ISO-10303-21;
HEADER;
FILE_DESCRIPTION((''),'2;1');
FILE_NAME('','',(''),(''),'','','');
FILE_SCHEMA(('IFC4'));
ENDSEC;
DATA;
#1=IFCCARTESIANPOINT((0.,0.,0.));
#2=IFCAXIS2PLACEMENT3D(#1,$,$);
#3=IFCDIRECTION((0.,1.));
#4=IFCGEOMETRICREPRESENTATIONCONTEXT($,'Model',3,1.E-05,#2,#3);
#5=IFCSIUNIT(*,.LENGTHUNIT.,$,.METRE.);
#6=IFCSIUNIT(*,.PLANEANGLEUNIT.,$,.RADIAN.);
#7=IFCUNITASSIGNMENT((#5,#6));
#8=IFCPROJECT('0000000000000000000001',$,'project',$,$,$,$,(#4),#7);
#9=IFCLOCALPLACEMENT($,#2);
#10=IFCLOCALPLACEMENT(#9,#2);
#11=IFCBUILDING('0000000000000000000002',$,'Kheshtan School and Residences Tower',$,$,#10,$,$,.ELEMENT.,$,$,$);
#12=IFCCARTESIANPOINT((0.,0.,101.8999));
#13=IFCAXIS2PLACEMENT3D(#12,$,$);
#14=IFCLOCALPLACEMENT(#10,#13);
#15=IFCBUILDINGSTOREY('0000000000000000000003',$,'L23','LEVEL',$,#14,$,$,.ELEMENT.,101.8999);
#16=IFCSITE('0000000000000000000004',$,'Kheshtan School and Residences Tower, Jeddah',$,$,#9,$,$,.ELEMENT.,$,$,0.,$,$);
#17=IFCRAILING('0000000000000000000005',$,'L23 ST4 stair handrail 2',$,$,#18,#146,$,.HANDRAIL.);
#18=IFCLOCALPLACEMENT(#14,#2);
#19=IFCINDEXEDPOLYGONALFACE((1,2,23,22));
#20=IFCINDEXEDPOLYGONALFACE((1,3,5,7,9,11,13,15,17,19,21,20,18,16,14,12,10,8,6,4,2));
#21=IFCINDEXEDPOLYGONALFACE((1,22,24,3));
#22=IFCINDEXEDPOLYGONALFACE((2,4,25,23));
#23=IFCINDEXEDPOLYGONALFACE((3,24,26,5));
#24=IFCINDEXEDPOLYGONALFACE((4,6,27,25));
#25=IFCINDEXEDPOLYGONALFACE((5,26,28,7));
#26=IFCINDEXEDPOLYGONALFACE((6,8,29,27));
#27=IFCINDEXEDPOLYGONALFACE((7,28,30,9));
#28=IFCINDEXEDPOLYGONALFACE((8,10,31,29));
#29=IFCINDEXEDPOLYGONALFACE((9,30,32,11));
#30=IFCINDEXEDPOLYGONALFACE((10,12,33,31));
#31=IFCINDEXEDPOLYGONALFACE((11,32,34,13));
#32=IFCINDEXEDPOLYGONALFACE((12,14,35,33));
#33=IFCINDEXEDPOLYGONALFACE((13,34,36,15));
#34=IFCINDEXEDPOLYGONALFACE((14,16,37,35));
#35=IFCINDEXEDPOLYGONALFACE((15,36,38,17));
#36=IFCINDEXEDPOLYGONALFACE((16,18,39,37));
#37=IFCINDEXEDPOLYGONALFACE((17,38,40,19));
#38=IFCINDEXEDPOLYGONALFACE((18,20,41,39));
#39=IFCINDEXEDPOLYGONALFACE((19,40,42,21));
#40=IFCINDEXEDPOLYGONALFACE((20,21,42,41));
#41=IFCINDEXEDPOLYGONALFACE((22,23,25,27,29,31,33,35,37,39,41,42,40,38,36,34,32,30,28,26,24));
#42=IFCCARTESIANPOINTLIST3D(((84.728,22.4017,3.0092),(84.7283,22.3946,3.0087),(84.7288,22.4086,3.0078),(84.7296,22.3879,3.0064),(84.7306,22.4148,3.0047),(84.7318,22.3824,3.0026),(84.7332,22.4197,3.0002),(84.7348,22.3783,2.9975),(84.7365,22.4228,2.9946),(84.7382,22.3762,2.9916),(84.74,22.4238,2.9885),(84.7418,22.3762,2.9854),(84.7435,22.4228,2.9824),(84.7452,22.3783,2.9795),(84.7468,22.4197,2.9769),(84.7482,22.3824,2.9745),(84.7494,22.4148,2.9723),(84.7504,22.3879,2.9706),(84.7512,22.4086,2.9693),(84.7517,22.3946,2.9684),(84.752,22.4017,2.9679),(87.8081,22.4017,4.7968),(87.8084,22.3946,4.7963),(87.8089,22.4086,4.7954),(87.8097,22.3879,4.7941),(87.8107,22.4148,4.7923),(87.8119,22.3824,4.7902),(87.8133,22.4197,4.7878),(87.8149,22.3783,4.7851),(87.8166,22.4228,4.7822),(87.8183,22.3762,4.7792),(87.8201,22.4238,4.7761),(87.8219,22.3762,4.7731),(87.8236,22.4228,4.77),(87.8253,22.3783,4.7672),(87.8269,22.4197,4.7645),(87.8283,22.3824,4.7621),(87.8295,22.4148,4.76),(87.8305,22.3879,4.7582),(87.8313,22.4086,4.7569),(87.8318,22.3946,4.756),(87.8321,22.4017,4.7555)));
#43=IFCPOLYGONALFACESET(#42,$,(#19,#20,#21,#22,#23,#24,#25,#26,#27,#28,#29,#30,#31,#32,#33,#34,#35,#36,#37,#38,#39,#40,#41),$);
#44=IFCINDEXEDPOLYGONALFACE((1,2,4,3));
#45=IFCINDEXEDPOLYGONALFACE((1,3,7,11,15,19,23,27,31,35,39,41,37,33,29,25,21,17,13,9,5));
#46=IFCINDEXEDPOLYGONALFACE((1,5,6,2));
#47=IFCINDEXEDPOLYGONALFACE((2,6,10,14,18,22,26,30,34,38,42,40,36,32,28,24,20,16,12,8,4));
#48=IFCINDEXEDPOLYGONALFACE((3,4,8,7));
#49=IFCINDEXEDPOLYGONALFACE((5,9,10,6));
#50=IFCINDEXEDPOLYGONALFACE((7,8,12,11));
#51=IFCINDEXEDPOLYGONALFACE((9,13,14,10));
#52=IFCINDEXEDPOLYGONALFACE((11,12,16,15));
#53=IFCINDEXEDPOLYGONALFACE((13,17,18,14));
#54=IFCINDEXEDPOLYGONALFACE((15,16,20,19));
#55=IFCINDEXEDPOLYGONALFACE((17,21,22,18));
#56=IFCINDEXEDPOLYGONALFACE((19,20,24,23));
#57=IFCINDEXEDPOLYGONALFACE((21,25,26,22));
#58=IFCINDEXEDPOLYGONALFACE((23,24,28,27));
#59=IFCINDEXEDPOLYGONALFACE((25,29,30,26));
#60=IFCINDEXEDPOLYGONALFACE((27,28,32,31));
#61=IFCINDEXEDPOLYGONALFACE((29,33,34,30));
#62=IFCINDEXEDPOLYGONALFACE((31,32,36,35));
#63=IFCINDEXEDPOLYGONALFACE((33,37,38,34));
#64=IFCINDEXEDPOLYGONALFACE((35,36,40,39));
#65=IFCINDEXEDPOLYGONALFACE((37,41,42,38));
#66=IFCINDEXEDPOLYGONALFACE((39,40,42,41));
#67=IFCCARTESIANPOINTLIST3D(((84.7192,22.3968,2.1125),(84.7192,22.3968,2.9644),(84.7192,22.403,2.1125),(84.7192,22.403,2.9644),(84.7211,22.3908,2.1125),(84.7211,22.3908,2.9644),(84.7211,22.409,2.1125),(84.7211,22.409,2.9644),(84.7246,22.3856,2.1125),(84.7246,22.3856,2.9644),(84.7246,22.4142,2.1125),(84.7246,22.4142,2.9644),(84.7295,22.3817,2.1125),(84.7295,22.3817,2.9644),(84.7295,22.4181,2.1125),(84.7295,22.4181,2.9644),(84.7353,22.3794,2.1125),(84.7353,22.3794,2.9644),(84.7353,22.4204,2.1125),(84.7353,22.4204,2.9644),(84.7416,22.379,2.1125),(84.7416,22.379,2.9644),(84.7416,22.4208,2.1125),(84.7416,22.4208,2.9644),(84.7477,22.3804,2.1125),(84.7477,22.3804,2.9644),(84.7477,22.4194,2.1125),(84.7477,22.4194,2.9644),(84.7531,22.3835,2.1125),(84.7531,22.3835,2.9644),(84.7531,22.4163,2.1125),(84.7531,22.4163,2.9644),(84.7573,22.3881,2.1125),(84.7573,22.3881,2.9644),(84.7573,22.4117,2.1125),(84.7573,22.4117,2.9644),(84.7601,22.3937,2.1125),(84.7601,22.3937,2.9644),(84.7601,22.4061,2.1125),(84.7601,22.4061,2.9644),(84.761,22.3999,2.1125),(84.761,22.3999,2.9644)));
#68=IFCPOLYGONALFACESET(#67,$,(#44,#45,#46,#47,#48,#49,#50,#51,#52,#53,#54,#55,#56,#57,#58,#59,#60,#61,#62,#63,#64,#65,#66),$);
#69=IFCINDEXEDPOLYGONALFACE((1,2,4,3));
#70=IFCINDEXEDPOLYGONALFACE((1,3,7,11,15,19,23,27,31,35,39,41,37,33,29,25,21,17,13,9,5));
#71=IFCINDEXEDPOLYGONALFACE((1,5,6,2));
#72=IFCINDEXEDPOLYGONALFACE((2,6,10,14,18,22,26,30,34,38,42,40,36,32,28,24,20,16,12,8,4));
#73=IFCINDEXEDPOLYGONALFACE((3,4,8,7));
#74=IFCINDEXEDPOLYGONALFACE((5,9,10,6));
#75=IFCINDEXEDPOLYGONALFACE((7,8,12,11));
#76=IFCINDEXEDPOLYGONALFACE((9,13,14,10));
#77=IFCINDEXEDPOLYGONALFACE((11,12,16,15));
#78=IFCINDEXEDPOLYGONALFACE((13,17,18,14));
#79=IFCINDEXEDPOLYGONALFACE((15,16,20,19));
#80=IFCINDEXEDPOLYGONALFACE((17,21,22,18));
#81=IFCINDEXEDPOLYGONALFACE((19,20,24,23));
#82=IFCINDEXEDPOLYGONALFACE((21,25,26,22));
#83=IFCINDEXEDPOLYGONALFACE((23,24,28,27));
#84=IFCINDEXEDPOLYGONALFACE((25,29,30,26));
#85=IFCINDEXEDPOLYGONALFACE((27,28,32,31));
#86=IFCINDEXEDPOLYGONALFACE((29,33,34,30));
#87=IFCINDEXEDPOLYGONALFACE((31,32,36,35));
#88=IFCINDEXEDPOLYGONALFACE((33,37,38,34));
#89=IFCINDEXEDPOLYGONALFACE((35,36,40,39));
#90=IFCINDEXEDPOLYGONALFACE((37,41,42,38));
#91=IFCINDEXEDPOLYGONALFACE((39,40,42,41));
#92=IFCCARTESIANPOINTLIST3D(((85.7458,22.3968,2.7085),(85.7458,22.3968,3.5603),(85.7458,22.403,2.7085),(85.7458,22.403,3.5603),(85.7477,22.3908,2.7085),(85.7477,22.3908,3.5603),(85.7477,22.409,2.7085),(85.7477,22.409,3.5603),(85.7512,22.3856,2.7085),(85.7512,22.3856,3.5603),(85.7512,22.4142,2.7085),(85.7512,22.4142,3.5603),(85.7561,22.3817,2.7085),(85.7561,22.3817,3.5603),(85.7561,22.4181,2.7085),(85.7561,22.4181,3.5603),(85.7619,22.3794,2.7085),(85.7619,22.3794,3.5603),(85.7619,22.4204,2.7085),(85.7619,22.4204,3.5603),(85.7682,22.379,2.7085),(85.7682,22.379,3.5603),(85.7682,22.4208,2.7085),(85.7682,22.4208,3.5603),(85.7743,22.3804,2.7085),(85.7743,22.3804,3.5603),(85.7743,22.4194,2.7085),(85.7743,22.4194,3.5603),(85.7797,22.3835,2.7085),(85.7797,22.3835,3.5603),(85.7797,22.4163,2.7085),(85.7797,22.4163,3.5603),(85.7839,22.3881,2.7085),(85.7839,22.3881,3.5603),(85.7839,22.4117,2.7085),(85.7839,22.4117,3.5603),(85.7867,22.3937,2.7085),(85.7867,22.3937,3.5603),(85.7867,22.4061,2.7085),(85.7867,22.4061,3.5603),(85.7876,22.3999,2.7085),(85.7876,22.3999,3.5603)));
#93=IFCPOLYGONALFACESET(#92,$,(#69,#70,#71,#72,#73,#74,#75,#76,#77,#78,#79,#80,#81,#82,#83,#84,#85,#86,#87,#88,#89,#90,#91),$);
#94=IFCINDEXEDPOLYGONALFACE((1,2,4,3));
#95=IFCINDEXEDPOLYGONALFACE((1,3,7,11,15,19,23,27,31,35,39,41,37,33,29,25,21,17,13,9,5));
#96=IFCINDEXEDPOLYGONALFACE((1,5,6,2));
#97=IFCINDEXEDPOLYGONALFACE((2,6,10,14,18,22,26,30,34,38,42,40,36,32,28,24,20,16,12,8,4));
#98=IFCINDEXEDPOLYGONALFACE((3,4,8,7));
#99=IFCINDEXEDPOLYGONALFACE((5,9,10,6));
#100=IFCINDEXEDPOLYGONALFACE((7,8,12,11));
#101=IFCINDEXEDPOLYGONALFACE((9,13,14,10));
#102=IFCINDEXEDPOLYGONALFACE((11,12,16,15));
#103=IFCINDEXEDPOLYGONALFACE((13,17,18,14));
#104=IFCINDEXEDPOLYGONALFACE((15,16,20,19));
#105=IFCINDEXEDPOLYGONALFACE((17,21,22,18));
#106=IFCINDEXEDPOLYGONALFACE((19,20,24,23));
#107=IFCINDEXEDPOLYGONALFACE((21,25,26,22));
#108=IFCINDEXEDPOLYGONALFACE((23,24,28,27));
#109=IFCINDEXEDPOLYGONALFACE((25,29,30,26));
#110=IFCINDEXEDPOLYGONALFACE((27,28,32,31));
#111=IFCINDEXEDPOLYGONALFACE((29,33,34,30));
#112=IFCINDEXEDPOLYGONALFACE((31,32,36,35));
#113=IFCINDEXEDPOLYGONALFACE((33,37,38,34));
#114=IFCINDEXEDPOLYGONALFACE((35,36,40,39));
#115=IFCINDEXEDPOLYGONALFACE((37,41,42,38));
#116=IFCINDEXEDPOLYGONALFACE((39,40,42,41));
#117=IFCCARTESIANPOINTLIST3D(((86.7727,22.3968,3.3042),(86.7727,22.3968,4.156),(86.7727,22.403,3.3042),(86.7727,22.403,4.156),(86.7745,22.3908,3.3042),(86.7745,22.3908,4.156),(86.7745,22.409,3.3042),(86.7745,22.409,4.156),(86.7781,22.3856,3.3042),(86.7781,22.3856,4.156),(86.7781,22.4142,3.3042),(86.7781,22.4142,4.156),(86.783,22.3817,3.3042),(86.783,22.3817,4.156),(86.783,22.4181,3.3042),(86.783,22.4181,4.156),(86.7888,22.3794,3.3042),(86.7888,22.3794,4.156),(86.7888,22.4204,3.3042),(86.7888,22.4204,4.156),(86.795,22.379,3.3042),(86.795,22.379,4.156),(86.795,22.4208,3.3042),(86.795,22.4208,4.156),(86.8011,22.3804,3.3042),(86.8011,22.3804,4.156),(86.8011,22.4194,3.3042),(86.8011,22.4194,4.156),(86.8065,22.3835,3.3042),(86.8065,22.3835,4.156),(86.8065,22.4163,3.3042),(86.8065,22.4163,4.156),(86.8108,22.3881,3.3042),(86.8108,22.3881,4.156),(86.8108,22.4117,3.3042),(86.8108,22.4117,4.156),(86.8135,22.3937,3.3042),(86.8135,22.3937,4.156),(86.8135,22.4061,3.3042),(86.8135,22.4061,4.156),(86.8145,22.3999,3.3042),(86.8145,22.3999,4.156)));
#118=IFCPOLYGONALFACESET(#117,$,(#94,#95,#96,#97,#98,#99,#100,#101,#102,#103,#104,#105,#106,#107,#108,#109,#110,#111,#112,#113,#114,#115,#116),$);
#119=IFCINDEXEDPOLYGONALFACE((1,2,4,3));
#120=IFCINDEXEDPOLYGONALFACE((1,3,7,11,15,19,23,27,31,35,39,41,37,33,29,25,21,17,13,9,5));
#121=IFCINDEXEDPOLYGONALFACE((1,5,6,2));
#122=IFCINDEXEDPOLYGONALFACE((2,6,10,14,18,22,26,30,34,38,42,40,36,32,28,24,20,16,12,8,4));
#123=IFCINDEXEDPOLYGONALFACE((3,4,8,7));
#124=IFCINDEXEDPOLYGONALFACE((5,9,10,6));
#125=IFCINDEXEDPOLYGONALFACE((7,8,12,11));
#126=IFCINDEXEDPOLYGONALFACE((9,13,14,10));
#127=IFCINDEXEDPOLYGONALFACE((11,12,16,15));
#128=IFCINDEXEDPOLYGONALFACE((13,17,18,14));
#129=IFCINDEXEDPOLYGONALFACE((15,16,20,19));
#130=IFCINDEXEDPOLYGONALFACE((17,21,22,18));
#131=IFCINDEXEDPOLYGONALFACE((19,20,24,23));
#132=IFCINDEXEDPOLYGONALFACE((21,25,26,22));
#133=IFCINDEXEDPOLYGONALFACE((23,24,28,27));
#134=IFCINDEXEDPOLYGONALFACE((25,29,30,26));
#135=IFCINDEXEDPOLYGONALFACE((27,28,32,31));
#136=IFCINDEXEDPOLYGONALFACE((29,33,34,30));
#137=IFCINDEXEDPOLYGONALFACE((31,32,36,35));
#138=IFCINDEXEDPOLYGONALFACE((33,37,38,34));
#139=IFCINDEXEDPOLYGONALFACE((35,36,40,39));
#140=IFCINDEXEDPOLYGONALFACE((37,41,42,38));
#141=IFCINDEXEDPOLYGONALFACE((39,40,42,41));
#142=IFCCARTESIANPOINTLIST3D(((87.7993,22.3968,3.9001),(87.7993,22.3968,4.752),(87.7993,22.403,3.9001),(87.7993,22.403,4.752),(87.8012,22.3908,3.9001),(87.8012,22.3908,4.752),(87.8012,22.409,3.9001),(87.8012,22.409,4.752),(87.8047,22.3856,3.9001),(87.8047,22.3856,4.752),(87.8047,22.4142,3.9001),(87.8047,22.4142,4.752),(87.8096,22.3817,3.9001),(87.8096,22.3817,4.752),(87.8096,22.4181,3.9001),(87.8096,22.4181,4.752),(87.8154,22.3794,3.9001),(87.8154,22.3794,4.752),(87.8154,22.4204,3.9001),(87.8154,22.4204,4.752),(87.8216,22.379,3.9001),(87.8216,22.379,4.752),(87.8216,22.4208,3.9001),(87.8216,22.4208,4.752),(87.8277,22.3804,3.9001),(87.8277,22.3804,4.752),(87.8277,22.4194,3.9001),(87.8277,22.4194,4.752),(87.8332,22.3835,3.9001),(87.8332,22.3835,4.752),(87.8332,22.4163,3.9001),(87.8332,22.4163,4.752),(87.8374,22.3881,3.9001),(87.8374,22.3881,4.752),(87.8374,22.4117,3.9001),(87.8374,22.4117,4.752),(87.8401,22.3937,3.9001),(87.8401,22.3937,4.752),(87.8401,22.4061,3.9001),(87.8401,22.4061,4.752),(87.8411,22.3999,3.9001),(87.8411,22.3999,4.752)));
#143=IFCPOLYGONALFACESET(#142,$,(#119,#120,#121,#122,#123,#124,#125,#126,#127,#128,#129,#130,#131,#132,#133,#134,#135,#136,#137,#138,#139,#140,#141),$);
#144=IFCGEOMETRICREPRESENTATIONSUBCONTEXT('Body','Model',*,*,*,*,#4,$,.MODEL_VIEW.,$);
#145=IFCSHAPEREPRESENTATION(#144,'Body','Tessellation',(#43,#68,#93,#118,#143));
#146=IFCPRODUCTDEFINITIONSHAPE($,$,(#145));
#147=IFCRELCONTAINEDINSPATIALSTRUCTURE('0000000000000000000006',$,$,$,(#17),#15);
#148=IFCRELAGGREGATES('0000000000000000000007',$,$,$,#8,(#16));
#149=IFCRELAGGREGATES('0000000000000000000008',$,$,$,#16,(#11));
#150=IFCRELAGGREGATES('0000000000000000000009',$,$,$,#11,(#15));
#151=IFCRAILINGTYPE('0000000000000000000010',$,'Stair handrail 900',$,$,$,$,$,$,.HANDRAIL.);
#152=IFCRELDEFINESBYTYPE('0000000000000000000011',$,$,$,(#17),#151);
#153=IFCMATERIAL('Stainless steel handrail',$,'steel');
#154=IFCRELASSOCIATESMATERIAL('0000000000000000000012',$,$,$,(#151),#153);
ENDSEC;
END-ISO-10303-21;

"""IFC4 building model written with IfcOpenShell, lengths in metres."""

from ifc_helpers import new_model, si_unit, direction, frame, origin, origin_2d, place, context, subcontext, project, spatial, circle, extrude, material, type_object, element, save


model = new_model("IFC4")

# Units and contexts
model_context = context("Model", 3, precision=1e-05, world=origin(), true_north=direction((0.0, 1.0)))
body_context = subcontext(model_context, "Body", "Model", "MODEL_VIEW")
ifc_project = project(units=[si_unit("LENGTHUNIT", "METRE"), si_unit("PLANEANGLEUNIT", "RADIAN")], contexts=[model_context])

# Site, building, storey
site_placement = place(None, origin())
site = spatial("IfcSite", under=ifc_project, at=site_placement, Name="Kheshtan School and Residences Tower, Jeddah", CompositionType="ELEMENT", RefElevation=0.0)
building_placement = place(site_placement, origin())
building = spatial("IfcBuilding", under=site, at=building_placement, Name="Kheshtan School and Residences Tower", CompositionType="ELEMENT")
storey_placement = place(building_placement, frame((0.0, 0.0, 101.8999)))
storey = spatial("IfcBuildingStorey", under=building, at=storey_placement, Name="L23", Description="LEVEL", CompositionType="ELEMENT", Elevation=101.8999)

# Railing
ifc_material_1 = material(Name="Stainless steel handrail", Category="steel")
railing_type_1 = type_object("IfcRailingType", Name="Stair handrail 900", PredefinedType="HANDRAIL", material=ifc_material_1)
railing_1_placement = place(storey_placement, frame((84.74, 22.3999, 2.1125)))
element("IfcRailing", 1, at=railing_1_placement, inside=storey, type_object=railing_type_1, Name="L23 ST4 stair handrail 2", PredefinedType="HANDRAIL", context=body_context, shape_type="SweptSolid", body=[
    extrude(circle(Radius=0.0239, at=origin_2d()), frame((0.0, 0.0, 0.876), z_axis=(0.864891, 0.0, 0.50196), x_axis=(0.0, 1.0, 0.0)), (0.0, 0.0, 1.0), 3.5613),
    extrude(circle(Radius=0.021, at=origin_2d()), origin(), (0.0, 0.0, 1.0), 0.8518),
    extrude(circle(Radius=0.021, at=origin_2d()), frame((1.0266, 0.0, 0.5959)), (0.0, 0.0, 1.0), 0.8518),
    extrude(circle(Radius=0.021, at=origin_2d()), frame((2.0535, 0.0, 1.1917)), (0.0, 0.0, 1.0), 0.8518),
    extrude(circle(Radius=0.021, at=origin_2d()), frame((3.0801, 0.0, 1.7876)), (0.0, 0.0, 1.0), 0.8518),
])

save(model, "model.ifc")
